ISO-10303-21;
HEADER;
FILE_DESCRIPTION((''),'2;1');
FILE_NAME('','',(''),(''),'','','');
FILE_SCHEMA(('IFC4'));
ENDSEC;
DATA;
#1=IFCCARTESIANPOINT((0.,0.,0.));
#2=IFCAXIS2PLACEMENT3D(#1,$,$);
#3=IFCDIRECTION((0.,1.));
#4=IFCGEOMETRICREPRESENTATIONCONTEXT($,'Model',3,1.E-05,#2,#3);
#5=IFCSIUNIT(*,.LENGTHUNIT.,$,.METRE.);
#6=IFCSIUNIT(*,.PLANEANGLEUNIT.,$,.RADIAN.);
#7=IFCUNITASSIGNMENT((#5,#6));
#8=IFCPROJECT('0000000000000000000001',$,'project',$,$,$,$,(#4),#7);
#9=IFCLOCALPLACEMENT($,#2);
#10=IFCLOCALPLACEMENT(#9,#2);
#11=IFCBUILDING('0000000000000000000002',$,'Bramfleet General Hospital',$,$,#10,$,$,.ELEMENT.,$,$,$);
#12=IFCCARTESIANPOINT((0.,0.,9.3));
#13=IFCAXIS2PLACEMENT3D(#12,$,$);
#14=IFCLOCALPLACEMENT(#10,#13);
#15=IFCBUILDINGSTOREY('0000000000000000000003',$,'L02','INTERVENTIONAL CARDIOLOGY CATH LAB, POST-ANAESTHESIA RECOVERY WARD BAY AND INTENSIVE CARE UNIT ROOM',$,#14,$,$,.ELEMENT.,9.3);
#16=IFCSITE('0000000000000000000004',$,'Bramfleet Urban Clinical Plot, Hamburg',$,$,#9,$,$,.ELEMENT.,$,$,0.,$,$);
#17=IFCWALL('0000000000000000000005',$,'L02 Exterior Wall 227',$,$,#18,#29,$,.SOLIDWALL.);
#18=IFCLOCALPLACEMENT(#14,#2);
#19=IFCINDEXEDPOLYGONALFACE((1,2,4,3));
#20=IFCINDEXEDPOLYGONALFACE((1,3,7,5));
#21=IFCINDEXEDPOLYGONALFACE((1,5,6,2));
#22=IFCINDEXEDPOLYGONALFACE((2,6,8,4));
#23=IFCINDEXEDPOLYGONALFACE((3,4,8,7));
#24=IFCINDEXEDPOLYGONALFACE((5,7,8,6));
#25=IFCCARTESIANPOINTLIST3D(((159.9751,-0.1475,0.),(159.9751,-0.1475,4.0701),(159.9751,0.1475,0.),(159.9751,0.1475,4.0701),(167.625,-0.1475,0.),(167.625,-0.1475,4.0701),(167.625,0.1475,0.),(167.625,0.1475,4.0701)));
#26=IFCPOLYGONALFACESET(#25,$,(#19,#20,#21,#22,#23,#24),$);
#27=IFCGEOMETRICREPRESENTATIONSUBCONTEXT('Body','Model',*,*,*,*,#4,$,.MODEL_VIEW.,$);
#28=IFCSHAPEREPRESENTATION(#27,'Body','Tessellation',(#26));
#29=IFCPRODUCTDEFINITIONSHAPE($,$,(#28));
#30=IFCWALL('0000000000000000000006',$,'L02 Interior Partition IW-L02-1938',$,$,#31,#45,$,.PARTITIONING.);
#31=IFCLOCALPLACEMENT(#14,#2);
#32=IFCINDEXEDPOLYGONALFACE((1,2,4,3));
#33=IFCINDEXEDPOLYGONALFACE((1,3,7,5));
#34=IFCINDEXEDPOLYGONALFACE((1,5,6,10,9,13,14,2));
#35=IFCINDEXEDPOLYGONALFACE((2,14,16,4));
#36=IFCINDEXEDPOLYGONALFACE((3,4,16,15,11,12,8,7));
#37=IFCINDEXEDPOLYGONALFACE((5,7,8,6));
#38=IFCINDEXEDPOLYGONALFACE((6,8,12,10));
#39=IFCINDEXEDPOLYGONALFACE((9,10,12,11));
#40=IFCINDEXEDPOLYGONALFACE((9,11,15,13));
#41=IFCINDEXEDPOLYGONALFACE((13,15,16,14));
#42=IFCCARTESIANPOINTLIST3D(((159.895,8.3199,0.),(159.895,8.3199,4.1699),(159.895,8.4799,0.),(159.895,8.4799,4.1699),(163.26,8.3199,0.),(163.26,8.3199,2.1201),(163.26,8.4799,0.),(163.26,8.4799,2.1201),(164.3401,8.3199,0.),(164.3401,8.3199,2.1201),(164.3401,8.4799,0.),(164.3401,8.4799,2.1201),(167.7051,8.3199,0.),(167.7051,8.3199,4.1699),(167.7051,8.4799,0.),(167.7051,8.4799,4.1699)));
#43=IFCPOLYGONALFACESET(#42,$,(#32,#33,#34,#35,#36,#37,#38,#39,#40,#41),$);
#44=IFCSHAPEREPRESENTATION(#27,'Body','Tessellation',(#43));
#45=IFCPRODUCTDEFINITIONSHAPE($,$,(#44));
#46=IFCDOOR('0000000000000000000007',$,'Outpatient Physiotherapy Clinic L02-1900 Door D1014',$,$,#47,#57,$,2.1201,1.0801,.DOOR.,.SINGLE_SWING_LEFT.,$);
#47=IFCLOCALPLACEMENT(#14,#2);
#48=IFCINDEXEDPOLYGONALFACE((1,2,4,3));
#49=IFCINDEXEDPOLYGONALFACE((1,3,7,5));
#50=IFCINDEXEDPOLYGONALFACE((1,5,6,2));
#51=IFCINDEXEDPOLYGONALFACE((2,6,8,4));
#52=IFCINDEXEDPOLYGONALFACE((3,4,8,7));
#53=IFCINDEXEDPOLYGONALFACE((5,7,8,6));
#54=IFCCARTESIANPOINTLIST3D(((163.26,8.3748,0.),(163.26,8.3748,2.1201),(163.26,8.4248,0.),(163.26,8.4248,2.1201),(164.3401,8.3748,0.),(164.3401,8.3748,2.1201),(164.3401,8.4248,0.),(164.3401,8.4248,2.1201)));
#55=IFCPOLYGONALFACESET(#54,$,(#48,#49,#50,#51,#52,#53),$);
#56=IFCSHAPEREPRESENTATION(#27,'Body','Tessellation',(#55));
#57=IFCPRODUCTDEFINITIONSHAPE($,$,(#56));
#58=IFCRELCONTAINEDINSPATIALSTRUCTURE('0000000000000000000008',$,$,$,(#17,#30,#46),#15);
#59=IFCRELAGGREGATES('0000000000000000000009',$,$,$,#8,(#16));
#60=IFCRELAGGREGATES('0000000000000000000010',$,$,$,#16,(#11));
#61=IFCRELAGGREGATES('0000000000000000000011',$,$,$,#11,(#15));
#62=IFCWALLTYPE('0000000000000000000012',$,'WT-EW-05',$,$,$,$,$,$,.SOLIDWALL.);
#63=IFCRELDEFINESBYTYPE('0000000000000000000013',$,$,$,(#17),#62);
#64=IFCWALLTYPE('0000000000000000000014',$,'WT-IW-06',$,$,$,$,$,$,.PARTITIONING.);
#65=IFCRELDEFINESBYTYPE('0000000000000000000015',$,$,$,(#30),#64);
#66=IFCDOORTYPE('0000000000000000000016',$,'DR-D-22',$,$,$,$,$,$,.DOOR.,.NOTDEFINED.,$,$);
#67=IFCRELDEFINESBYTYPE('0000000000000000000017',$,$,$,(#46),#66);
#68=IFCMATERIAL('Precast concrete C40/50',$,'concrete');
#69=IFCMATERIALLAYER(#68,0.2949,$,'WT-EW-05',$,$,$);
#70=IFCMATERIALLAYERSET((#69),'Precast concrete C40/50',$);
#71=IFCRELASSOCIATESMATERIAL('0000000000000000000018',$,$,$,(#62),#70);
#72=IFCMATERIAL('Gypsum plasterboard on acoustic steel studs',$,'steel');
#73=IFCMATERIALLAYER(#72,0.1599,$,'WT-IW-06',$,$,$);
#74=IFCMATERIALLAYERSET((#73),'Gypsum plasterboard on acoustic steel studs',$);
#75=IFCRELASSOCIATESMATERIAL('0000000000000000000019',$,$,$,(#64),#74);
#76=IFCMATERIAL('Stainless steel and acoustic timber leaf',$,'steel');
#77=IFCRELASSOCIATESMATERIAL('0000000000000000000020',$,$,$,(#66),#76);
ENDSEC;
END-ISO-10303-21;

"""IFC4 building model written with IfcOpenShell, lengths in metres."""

from ifc_helpers import new_model, si_unit, direction, frame, frame_2d, origin, place, context, subcontext, project, spatial, rectangle, extrude, material, layer, layer_set, type_object, element, fill, save


model = new_model("IFC4")

# Units and contexts
model_context = context("Model", 3, precision=1e-05, world=origin(), true_north=direction((0.0, 1.0)))
body_context = subcontext(model_context, "Body", "Model", "MODEL_VIEW")
ifc_project = project(units=[si_unit("LENGTHUNIT", "METRE"), si_unit("PLANEANGLEUNIT", "RADIAN")], contexts=[model_context])

# Site, building, storey
site_placement = place(None, origin())
site = spatial("IfcSite", under=ifc_project, at=site_placement, Name="Bramfleet Urban Clinical Plot, Hamburg", CompositionType="ELEMENT", RefElevation=0.0)
building_placement = place(site_placement, origin())
building = spatial("IfcBuilding", under=site, at=building_placement, Name="Bramfleet General Hospital", CompositionType="ELEMENT")
storey_placement = place(building_placement, frame((0.0, 0.0, 9.3)))
storey = spatial("IfcBuildingStorey", under=building, at=storey_placement, Name="L02", Description="INTERVENTIONAL CARDIOLOGY CATH LAB, POST-ANAESTHESIA RECOVERY WARD BAY AND INTENSIVE CARE UNIT ROOM", CompositionType="ELEMENT", Elevation=9.3)

# Wall
ifc_material_1 = material(Name="Precast concrete C40/50", Category="concrete")
ifc_layer_1 = layer(ifc_material_1, 0.2949, Name="WT-EW-05")
ifc_layer_set_1 = layer_set([ifc_layer_1], Name="Precast concrete C40/50")
wall_type_1 = type_object("IfcWallType", Name="WT-EW-05", PredefinedType="SOLIDWALL", material=ifc_layer_set_1)
wall_1_placement = place(storey_placement, frame((167.625, 0.0, 0.0), z_axis=(0.0, 0.0, 1.0), x_axis=(-1.0, 0.0, 0.0)))
element("IfcWall", 1, at=wall_1_placement, inside=storey, type_object=wall_type_1, Name="L02 Exterior Wall 227", PredefinedType="SOLIDWALL", context=body_context, shape_type="SweptSolid", body=[
    extrude(rectangle(XDim=7.6499, YDim=0.2949, at=frame_2d((3.825, 0.0))), origin(), (0.0, 0.0, 1.0), 4.0701),
])

# Wall, opening, door
ifc_material_2 = material(Name="Gypsum plasterboard on acoustic steel studs", Category="steel")
ifc_layer_2 = layer(ifc_material_2, 0.1599, Name="WT-IW-06")
ifc_layer_set_2 = layer_set([ifc_layer_2], Name="Gypsum plasterboard on acoustic steel studs")
wall_type_2 = type_object("IfcWallType", Name="WT-IW-06", PredefinedType="PARTITIONING", material=ifc_layer_set_2)
wall_2_placement = place(storey_placement, frame((159.895, 8.3999, 0.0), z_axis=(0.0, 0.0, 1.0), x_axis=(1.0, 0.0, 0.0)))
wall_2 = element("IfcWall", 2, at=wall_2_placement, inside=storey, type_object=wall_type_2, Name="L02 Interior Partition IW-L02-1938", PredefinedType="PARTITIONING", context=body_context, shape_type="SweptSolid", body=[
    extrude(rectangle(XDim=7.8101, YDim=0.1599, at=frame_2d((3.905, 0.0))), origin(), (0.0, 0.0, 1.0), 4.1699),
])
opening_placement = place(wall_2_placement, frame((3.365, 0.0, 0.0)))
opening = element("IfcOpeningElement", 3, at=opening_placement, cuts=wall_2, PredefinedType="OPENING", context=body_context, shape_type="SweptSolid", body=[
    extrude(rectangle(XDim=1.0801, YDim=2.1201, at=frame_2d((0.54, 1.0601))), frame((0.0, 0.0898, 0.0), z_axis=(0.0, -1.0, 0.0), x_axis=(1.0, 0.0, 0.0)), (0.0, 0.0, 1.0), 0.1799),
])
ifc_material_3 = material(Name="Stainless steel and acoustic timber leaf", Category="steel")
door_type = type_object("IfcDoorType", Name="DR-D-22", OperationType="NOTDEFINED", PredefinedType="DOOR", material=ifc_material_3)
door_placement = place(opening_placement, origin())
door = element("IfcDoor", 4, at=door_placement, inside=storey, type_object=door_type, Name="Outpatient Physiotherapy Clinic L02-1900 Door D1014", OperationType="SINGLE_SWING_LEFT", OverallHeight=2.1201, OverallWidth=1.0801, PredefinedType="DOOR", context=body_context, shape_type="SweptSolid", body=[
    extrude(rectangle(XDim=1.0801, YDim=2.1201, at=frame_2d((0.54, 1.0601))), frame((0.0, 0.0249, 0.0), z_axis=(0.0, -1.0, 0.0), x_axis=(1.0, 0.0, 0.0)), (0.0, 0.0, 1.0), 0.05),
])
fill(opening, door)

save(model, "model.ifc")
